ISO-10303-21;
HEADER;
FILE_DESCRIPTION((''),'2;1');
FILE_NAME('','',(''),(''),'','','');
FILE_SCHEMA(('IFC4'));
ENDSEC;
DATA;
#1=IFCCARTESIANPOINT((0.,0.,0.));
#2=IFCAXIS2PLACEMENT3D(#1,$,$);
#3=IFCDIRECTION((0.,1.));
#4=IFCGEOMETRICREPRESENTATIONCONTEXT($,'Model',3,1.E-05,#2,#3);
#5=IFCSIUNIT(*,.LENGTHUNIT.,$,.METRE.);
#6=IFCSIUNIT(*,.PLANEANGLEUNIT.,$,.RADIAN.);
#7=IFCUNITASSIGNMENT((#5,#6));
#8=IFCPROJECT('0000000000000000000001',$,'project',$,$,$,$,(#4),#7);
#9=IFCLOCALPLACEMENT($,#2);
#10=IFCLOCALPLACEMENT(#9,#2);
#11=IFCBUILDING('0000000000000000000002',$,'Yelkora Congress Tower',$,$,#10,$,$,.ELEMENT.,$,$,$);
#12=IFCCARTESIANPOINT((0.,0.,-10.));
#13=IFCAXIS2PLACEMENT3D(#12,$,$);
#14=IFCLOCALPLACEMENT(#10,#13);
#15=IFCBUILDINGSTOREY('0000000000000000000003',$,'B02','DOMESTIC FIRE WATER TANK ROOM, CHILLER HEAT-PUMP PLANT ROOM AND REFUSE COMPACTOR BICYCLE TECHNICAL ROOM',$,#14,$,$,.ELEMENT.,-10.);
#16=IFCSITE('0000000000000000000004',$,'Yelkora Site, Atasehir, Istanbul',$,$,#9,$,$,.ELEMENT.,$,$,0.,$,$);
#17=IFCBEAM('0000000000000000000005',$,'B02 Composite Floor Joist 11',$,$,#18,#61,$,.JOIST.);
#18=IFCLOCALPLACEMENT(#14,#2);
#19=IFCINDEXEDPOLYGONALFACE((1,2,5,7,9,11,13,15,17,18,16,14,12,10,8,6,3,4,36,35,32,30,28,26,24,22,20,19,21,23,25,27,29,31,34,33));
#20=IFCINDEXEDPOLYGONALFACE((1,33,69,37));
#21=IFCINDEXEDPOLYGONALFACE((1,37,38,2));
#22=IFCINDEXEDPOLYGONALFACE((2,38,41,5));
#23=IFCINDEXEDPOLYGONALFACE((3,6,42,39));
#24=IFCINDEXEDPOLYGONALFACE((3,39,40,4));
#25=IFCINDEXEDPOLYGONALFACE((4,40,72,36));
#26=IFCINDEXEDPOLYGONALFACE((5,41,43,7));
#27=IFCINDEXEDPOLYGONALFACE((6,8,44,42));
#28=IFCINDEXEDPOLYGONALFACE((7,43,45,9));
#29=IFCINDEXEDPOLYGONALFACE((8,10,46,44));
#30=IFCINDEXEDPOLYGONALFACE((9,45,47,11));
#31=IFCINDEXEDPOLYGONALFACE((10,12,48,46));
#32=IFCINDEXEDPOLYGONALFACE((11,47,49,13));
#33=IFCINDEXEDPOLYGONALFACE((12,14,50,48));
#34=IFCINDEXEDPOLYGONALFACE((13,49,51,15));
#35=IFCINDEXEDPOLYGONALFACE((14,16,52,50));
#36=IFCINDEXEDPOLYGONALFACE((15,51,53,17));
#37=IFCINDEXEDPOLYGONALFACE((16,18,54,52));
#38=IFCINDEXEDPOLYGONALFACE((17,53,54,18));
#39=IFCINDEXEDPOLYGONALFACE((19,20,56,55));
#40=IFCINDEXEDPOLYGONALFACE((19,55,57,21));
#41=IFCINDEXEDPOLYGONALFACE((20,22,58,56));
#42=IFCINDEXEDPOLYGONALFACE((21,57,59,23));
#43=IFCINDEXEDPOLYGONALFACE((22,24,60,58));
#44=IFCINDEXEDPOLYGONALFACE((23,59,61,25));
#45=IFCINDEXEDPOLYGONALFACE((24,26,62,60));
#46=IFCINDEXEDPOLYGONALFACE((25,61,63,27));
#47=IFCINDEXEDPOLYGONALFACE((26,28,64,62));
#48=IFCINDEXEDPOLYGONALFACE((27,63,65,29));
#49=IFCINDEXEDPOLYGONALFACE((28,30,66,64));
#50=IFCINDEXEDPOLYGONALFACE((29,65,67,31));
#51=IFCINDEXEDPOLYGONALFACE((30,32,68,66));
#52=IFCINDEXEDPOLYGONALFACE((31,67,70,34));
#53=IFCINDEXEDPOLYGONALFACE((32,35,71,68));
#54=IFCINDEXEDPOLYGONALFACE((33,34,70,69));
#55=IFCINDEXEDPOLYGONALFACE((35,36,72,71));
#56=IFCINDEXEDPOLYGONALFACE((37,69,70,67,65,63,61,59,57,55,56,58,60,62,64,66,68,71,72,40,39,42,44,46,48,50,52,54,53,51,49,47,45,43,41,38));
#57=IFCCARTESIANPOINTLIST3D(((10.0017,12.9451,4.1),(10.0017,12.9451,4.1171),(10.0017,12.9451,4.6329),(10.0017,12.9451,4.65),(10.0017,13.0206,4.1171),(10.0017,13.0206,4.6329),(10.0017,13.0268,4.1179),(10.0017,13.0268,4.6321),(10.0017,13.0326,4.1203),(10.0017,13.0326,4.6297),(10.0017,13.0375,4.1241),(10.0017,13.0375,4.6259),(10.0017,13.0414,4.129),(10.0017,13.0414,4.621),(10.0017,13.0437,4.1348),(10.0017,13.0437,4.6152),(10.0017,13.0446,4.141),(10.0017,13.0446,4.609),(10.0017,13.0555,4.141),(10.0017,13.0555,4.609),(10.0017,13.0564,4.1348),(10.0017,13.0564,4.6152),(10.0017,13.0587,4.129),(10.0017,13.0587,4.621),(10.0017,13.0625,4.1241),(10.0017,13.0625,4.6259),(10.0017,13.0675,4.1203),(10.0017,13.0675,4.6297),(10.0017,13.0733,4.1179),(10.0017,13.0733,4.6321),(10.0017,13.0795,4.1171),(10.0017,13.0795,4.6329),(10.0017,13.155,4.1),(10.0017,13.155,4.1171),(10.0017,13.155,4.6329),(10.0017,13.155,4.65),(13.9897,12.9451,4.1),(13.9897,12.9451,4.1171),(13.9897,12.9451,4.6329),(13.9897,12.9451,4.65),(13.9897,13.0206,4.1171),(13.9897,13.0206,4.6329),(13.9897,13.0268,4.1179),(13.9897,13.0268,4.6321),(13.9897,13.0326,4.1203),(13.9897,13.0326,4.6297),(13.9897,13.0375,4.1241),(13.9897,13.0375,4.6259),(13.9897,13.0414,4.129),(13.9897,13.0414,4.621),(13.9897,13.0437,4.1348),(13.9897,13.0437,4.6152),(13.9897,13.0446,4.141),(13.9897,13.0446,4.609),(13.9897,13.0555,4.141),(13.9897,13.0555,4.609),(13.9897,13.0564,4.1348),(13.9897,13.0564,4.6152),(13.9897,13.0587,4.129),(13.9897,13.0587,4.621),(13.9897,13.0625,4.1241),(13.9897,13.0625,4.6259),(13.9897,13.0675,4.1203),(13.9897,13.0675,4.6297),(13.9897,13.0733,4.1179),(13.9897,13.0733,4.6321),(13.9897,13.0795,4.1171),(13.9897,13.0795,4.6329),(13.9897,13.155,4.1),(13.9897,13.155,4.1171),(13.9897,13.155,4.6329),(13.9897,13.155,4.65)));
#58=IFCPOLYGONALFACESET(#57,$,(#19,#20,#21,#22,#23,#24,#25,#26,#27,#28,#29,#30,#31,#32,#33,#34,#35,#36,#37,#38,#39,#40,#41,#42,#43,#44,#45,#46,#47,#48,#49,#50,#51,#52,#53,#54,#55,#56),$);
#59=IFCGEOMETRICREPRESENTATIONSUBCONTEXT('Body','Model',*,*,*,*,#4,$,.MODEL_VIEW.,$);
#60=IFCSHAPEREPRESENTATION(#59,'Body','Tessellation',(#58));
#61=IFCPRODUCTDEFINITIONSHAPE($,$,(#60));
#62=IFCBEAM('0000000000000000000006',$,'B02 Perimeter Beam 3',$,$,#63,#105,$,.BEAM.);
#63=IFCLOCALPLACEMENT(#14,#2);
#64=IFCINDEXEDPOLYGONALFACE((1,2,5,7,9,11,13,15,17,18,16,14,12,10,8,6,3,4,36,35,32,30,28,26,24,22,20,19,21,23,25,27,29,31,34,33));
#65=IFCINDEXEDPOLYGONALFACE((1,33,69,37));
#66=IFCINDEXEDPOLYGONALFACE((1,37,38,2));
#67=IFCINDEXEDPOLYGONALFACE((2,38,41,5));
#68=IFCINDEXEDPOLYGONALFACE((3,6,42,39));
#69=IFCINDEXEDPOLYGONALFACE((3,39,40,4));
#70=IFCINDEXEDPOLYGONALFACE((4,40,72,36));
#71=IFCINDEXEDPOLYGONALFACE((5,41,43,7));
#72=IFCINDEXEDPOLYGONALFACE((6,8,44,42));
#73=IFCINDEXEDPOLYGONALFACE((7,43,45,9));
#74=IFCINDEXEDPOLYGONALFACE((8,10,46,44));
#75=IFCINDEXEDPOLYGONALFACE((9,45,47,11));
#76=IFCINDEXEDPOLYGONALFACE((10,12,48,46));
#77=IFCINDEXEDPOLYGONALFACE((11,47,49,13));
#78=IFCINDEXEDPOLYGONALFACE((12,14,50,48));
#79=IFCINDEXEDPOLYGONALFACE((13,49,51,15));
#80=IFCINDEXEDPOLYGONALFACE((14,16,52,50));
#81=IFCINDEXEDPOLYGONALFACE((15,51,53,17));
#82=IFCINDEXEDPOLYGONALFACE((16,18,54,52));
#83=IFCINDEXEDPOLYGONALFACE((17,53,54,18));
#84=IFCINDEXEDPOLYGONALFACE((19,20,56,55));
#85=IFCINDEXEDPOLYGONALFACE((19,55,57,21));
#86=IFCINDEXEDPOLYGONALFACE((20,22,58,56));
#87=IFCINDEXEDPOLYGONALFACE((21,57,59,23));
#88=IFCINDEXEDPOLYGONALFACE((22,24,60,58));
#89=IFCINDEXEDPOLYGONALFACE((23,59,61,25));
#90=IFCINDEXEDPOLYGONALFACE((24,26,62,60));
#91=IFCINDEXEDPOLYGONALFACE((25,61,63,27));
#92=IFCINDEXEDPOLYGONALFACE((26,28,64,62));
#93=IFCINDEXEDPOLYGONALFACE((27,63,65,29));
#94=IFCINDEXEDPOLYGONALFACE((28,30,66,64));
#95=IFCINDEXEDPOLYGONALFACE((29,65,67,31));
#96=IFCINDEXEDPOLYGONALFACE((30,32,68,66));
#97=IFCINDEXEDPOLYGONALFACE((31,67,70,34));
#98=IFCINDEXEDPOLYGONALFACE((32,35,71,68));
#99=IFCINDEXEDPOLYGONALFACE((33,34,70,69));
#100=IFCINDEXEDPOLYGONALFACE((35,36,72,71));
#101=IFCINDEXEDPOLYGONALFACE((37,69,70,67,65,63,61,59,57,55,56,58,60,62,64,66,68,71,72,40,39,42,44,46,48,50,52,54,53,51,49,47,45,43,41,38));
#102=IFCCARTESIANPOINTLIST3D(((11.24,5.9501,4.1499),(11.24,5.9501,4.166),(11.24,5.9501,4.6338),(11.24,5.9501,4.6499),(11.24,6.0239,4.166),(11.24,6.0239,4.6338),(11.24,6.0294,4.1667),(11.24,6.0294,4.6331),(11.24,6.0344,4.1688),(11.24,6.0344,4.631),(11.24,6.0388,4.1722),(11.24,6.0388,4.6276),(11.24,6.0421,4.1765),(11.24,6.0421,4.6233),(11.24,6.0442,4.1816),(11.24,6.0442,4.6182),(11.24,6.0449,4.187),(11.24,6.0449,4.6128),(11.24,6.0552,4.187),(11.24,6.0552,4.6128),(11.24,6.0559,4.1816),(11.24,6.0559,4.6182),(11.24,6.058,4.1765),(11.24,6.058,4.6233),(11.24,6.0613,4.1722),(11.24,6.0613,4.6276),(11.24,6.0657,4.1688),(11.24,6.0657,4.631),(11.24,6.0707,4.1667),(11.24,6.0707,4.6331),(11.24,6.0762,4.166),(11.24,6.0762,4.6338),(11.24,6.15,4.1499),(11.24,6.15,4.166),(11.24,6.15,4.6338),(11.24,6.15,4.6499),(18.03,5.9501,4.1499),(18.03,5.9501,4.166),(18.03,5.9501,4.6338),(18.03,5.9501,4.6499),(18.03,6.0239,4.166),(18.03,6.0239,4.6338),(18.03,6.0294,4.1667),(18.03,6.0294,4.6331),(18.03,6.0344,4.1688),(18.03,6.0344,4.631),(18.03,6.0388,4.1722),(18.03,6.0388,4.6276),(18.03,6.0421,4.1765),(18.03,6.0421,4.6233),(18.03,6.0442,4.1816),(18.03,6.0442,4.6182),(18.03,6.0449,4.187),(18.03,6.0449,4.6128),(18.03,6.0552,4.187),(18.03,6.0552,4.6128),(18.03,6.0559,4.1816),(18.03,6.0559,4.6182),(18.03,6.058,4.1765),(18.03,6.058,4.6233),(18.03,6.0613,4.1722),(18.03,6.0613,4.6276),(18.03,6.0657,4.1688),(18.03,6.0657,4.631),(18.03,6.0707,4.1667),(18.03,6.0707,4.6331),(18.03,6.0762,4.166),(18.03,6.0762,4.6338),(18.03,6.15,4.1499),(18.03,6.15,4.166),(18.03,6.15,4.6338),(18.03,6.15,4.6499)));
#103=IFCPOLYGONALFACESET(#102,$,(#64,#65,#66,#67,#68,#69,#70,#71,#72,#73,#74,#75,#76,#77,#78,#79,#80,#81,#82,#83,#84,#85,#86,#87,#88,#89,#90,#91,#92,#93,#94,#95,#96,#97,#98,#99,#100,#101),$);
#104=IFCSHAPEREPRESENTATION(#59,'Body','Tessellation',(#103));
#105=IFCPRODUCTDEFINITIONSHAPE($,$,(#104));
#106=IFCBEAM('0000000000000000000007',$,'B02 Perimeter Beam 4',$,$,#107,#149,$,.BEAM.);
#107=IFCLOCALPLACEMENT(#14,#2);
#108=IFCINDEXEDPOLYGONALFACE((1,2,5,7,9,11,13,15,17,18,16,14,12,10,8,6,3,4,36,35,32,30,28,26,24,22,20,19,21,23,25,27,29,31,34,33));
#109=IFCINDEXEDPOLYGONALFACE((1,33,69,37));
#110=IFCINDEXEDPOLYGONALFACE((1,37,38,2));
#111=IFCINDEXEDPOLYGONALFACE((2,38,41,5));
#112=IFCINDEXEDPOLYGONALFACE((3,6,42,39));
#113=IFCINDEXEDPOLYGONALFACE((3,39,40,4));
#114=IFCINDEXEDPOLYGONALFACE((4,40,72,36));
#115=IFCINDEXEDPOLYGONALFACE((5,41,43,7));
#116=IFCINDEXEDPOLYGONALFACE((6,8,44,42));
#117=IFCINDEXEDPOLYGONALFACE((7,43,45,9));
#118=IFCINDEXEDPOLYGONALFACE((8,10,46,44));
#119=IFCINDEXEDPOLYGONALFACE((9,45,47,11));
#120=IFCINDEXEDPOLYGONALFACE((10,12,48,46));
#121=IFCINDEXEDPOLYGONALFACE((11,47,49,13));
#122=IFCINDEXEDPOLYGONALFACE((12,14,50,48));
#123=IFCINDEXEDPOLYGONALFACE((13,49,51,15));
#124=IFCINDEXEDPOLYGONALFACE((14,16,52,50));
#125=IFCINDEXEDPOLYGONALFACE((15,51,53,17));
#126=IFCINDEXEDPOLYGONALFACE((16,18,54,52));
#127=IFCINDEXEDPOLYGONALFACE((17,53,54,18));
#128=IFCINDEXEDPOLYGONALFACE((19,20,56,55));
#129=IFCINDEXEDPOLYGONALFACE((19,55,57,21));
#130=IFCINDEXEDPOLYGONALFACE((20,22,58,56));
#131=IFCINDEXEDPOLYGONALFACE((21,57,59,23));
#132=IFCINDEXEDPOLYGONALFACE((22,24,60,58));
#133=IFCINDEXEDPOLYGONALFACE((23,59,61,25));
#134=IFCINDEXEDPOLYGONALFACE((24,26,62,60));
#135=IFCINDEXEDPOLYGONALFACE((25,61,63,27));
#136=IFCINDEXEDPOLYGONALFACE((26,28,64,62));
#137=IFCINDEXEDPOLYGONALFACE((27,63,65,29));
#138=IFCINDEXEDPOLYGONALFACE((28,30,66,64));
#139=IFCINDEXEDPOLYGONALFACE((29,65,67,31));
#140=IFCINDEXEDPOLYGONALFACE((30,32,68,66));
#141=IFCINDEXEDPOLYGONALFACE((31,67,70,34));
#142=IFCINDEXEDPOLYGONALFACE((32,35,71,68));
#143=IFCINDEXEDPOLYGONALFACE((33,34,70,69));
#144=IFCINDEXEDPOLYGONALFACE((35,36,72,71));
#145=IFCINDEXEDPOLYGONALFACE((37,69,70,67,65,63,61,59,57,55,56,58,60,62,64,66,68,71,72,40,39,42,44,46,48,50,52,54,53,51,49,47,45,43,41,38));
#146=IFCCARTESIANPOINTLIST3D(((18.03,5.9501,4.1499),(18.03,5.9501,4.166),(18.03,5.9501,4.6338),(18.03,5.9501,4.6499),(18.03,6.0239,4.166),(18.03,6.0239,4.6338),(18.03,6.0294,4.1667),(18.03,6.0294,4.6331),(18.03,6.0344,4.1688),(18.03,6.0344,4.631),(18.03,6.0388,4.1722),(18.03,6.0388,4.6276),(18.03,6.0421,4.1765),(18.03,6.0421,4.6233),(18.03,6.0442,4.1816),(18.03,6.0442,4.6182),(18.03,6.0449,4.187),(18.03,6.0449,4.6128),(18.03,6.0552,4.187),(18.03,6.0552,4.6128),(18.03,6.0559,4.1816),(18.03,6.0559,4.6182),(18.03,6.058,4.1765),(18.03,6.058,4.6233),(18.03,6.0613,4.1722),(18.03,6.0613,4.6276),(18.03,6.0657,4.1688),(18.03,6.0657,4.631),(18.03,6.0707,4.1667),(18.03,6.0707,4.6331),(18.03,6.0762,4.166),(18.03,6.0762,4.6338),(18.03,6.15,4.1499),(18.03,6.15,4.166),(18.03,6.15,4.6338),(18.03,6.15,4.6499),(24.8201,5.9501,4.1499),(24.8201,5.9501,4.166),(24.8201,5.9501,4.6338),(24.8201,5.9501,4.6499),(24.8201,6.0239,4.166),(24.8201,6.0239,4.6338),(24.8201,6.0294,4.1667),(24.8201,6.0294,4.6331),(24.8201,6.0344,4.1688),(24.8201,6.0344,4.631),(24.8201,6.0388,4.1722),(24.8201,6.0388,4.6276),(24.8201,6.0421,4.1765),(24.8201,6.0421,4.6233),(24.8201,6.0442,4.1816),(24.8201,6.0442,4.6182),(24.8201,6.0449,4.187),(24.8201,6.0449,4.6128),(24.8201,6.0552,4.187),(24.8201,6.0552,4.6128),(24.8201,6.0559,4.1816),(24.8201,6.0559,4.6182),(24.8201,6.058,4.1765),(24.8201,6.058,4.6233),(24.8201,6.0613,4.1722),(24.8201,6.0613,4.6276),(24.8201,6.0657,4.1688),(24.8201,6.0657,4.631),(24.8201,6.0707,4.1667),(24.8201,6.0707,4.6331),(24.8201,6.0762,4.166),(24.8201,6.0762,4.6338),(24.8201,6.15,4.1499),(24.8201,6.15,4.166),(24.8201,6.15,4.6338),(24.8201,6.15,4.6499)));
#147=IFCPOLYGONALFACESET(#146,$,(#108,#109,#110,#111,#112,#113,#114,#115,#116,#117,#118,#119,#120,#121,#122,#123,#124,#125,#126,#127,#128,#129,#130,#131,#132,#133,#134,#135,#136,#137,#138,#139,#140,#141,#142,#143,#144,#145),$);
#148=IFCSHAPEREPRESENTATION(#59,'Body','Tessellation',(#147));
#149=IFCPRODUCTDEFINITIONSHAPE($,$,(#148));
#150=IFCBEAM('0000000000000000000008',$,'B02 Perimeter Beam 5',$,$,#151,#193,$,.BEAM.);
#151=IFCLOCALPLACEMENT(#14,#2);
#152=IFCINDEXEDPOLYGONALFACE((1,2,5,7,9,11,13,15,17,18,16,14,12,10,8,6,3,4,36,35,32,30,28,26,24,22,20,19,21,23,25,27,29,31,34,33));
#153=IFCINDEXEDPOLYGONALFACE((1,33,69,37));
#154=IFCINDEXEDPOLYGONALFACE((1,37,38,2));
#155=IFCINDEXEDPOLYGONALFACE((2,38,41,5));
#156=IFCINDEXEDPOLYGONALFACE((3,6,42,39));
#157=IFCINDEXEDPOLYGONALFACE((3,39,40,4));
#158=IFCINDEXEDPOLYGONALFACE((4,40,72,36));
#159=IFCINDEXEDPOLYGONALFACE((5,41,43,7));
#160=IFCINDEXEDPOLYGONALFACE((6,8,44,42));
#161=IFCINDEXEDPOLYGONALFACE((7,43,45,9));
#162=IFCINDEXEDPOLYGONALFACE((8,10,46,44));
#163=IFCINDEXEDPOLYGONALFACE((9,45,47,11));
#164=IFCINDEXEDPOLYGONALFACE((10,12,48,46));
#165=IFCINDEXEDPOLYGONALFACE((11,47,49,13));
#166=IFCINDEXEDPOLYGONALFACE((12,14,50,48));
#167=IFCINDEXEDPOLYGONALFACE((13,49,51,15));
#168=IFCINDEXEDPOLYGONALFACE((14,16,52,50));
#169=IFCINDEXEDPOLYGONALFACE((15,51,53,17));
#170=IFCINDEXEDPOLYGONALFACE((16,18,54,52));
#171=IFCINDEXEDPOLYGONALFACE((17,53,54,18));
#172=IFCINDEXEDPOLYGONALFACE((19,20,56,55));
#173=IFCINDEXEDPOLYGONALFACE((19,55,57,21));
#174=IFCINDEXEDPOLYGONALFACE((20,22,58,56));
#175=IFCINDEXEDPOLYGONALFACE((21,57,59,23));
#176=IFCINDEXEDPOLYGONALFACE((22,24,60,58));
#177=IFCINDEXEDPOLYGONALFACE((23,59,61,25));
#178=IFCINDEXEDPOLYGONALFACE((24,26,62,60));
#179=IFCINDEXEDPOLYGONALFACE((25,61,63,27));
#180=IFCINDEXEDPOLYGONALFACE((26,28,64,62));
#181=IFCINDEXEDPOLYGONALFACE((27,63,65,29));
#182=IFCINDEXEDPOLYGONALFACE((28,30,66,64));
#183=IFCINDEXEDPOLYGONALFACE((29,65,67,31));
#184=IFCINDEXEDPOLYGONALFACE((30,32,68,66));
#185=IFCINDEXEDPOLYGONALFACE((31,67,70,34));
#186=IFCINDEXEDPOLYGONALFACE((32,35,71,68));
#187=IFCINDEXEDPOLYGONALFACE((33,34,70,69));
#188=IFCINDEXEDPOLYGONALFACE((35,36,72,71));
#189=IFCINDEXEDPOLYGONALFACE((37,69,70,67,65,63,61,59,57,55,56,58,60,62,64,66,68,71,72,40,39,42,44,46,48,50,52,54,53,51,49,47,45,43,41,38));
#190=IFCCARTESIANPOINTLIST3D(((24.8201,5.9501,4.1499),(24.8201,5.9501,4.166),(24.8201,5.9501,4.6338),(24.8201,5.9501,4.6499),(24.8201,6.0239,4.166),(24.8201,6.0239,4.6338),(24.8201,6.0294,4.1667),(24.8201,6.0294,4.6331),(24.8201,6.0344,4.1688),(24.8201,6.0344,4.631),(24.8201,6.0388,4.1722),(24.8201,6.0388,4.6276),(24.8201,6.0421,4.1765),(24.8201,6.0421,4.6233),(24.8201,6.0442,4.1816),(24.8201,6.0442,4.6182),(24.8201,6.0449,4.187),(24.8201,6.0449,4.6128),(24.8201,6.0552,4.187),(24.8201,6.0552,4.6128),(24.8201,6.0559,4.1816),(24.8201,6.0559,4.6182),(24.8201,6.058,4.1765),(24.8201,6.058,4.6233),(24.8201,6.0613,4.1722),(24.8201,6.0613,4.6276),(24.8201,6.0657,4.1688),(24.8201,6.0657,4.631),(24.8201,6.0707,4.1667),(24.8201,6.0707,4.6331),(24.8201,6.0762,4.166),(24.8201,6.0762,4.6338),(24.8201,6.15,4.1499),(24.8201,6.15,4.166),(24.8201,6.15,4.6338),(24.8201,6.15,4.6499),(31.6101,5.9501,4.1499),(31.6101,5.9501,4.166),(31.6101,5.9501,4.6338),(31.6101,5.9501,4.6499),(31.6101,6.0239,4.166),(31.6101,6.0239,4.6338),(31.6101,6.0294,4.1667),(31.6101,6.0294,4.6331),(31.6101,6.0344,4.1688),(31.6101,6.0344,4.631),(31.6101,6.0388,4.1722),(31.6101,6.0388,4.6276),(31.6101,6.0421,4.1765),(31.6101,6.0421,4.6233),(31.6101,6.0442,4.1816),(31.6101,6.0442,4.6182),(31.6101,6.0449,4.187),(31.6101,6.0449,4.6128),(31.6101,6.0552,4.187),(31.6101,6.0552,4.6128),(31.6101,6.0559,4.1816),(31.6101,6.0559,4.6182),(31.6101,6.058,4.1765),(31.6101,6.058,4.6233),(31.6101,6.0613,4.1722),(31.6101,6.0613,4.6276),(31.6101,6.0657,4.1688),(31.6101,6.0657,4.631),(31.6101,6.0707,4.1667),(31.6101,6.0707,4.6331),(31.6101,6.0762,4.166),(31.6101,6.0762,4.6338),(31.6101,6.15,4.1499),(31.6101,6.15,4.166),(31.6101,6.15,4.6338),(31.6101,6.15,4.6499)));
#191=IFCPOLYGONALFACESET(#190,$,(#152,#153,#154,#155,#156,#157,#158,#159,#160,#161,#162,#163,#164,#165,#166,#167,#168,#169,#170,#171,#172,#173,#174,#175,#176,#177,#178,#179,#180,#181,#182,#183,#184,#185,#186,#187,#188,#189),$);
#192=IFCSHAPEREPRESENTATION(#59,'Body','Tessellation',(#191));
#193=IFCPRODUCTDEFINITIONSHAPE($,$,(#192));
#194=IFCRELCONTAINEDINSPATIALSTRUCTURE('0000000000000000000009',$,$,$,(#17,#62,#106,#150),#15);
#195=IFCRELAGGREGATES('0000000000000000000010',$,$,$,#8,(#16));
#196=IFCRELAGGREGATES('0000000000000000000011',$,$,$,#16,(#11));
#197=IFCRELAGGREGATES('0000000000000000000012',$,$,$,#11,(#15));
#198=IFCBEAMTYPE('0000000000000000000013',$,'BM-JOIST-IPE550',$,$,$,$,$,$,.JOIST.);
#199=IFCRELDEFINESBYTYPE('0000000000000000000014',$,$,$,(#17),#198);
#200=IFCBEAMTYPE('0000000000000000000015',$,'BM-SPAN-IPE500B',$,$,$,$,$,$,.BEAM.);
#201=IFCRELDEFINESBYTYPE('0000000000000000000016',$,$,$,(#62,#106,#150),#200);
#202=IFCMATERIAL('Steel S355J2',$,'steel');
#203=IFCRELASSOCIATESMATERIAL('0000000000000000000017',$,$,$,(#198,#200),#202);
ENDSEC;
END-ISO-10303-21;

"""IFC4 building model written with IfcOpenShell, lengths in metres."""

from ifc_helpers import new_model, si_unit, direction, frame, origin, origin_2d, place, context, subcontext, project, spatial, i_section, extrude, material, material_profile, profile_set, type_object, element, save


model = new_model("IFC4")

# Units and contexts
model_context = context("Model", 3, precision=1e-05, world=origin(), true_north=direction((0.0, 1.0)))
body_context = subcontext(model_context, "Body", "Model", "MODEL_VIEW")
ifc_project = project(units=[si_unit("LENGTHUNIT", "METRE"), si_unit("PLANEANGLEUNIT", "RADIAN")], contexts=[model_context])

# Site, building, storey
site_placement = place(None, origin())
site = spatial("IfcSite", under=ifc_project, at=site_placement, Name="Yelkora Site, Atasehir, Istanbul", CompositionType="ELEMENT", RefElevation=0.0)
building_placement = place(site_placement, origin())
building = spatial("IfcBuilding", under=site, at=building_placement, Name="Yelkora Congress Tower", CompositionType="ELEMENT")
storey_placement = place(building_placement, frame((0.0, 0.0, -10.0)))
storey = spatial("IfcBuildingStorey", under=building, at=storey_placement, Name="B02", Description="DOMESTIC FIRE WATER TANK ROOM, CHILLER HEAT-PUMP PLANT ROOM AND REFUSE COMPACTOR BICYCLE TECHNICAL ROOM", CompositionType="ELEMENT", Elevation=-10.0)

# Beams
ifc_material_1 = material(Name="Steel S355J2", Category="steel")
ifc_material_profile_1 = material_profile(ifc_material_1, i_section(OverallWidth=0.21, OverallDepth=0.55, WebThickness=0.011, FlangeThickness=0.0171, FilletRadius=0.0239, at=origin_2d()), Name="IPE 550")
ifc_profile_set_1 = profile_set([ifc_material_profile_1], Name="Steel S355J2")
beam_type_1 = type_object("IfcBeamType", Name="BM-JOIST-IPE550", PredefinedType="JOIST", material=ifc_profile_set_1)
beam_1_placement = place(storey_placement, frame((10.0017, 13.05, 4.375), z_axis=(1.0, 0.0, 0.0), x_axis=(0.0, 1.0, 0.0)))
element("IfcBeam", 1, at=beam_1_placement, inside=storey, type_object=beam_type_1, Name="B02 Composite Floor Joist 11", PredefinedType="JOIST", context=body_context, shape_type="SweptSolid", body=[
    extrude(i_section(OverallWidth=0.21, OverallDepth=0.55, WebThickness=0.011, FlangeThickness=0.0171, FilletRadius=0.0239, at=origin_2d()), origin(), (0.0, 0.0, 1.0), 3.988),
])
ifc_material_profile_2 = material_profile(ifc_material_1, i_section(OverallWidth=0.2, OverallDepth=0.5, WebThickness=0.0103, FlangeThickness=0.0161, FilletRadius=0.021, at=origin_2d()), Name="IPE 500")
ifc_profile_set_2 = profile_set([ifc_material_profile_2], Name="Steel S355J2")
beam_type_2 = type_object("IfcBeamType", Name="BM-SPAN-IPE500B", PredefinedType="BEAM", material=ifc_profile_set_2)
for number, where, z_axis, x_axis, name in (
    (2, (11.24, 6.05, 4.3999), (1.0, 0.0, 0.0), (0.0, 1.0, 0.0), "B02 Perimeter Beam 3"),
    (3, (18.03, 6.05, 4.3999), (1.0, 0.0, 0.0), (0.0, 1.0, 0.0), "B02 Perimeter Beam 4"),
    (4, (24.8201, 6.05, 4.3999), (1.0, 0.0, 0.0), (0.0, 1.0, 0.0), "B02 Perimeter Beam 5"),
):
    element("IfcBeam", number, at=place(storey_placement, frame(where, z_axis=z_axis, x_axis=x_axis)), inside=storey, type_object=beam_type_2, Name=name, PredefinedType="BEAM", context=body_context, shape_type="SweptSolid", body=[
        extrude(i_section(OverallWidth=0.2, OverallDepth=0.5, WebThickness=0.0103, FlangeThickness=0.0161, FilletRadius=0.021, at=origin_2d()), origin(), (0.0, 0.0, 1.0), 6.79),
    ])

save(model, "model.ifc")
